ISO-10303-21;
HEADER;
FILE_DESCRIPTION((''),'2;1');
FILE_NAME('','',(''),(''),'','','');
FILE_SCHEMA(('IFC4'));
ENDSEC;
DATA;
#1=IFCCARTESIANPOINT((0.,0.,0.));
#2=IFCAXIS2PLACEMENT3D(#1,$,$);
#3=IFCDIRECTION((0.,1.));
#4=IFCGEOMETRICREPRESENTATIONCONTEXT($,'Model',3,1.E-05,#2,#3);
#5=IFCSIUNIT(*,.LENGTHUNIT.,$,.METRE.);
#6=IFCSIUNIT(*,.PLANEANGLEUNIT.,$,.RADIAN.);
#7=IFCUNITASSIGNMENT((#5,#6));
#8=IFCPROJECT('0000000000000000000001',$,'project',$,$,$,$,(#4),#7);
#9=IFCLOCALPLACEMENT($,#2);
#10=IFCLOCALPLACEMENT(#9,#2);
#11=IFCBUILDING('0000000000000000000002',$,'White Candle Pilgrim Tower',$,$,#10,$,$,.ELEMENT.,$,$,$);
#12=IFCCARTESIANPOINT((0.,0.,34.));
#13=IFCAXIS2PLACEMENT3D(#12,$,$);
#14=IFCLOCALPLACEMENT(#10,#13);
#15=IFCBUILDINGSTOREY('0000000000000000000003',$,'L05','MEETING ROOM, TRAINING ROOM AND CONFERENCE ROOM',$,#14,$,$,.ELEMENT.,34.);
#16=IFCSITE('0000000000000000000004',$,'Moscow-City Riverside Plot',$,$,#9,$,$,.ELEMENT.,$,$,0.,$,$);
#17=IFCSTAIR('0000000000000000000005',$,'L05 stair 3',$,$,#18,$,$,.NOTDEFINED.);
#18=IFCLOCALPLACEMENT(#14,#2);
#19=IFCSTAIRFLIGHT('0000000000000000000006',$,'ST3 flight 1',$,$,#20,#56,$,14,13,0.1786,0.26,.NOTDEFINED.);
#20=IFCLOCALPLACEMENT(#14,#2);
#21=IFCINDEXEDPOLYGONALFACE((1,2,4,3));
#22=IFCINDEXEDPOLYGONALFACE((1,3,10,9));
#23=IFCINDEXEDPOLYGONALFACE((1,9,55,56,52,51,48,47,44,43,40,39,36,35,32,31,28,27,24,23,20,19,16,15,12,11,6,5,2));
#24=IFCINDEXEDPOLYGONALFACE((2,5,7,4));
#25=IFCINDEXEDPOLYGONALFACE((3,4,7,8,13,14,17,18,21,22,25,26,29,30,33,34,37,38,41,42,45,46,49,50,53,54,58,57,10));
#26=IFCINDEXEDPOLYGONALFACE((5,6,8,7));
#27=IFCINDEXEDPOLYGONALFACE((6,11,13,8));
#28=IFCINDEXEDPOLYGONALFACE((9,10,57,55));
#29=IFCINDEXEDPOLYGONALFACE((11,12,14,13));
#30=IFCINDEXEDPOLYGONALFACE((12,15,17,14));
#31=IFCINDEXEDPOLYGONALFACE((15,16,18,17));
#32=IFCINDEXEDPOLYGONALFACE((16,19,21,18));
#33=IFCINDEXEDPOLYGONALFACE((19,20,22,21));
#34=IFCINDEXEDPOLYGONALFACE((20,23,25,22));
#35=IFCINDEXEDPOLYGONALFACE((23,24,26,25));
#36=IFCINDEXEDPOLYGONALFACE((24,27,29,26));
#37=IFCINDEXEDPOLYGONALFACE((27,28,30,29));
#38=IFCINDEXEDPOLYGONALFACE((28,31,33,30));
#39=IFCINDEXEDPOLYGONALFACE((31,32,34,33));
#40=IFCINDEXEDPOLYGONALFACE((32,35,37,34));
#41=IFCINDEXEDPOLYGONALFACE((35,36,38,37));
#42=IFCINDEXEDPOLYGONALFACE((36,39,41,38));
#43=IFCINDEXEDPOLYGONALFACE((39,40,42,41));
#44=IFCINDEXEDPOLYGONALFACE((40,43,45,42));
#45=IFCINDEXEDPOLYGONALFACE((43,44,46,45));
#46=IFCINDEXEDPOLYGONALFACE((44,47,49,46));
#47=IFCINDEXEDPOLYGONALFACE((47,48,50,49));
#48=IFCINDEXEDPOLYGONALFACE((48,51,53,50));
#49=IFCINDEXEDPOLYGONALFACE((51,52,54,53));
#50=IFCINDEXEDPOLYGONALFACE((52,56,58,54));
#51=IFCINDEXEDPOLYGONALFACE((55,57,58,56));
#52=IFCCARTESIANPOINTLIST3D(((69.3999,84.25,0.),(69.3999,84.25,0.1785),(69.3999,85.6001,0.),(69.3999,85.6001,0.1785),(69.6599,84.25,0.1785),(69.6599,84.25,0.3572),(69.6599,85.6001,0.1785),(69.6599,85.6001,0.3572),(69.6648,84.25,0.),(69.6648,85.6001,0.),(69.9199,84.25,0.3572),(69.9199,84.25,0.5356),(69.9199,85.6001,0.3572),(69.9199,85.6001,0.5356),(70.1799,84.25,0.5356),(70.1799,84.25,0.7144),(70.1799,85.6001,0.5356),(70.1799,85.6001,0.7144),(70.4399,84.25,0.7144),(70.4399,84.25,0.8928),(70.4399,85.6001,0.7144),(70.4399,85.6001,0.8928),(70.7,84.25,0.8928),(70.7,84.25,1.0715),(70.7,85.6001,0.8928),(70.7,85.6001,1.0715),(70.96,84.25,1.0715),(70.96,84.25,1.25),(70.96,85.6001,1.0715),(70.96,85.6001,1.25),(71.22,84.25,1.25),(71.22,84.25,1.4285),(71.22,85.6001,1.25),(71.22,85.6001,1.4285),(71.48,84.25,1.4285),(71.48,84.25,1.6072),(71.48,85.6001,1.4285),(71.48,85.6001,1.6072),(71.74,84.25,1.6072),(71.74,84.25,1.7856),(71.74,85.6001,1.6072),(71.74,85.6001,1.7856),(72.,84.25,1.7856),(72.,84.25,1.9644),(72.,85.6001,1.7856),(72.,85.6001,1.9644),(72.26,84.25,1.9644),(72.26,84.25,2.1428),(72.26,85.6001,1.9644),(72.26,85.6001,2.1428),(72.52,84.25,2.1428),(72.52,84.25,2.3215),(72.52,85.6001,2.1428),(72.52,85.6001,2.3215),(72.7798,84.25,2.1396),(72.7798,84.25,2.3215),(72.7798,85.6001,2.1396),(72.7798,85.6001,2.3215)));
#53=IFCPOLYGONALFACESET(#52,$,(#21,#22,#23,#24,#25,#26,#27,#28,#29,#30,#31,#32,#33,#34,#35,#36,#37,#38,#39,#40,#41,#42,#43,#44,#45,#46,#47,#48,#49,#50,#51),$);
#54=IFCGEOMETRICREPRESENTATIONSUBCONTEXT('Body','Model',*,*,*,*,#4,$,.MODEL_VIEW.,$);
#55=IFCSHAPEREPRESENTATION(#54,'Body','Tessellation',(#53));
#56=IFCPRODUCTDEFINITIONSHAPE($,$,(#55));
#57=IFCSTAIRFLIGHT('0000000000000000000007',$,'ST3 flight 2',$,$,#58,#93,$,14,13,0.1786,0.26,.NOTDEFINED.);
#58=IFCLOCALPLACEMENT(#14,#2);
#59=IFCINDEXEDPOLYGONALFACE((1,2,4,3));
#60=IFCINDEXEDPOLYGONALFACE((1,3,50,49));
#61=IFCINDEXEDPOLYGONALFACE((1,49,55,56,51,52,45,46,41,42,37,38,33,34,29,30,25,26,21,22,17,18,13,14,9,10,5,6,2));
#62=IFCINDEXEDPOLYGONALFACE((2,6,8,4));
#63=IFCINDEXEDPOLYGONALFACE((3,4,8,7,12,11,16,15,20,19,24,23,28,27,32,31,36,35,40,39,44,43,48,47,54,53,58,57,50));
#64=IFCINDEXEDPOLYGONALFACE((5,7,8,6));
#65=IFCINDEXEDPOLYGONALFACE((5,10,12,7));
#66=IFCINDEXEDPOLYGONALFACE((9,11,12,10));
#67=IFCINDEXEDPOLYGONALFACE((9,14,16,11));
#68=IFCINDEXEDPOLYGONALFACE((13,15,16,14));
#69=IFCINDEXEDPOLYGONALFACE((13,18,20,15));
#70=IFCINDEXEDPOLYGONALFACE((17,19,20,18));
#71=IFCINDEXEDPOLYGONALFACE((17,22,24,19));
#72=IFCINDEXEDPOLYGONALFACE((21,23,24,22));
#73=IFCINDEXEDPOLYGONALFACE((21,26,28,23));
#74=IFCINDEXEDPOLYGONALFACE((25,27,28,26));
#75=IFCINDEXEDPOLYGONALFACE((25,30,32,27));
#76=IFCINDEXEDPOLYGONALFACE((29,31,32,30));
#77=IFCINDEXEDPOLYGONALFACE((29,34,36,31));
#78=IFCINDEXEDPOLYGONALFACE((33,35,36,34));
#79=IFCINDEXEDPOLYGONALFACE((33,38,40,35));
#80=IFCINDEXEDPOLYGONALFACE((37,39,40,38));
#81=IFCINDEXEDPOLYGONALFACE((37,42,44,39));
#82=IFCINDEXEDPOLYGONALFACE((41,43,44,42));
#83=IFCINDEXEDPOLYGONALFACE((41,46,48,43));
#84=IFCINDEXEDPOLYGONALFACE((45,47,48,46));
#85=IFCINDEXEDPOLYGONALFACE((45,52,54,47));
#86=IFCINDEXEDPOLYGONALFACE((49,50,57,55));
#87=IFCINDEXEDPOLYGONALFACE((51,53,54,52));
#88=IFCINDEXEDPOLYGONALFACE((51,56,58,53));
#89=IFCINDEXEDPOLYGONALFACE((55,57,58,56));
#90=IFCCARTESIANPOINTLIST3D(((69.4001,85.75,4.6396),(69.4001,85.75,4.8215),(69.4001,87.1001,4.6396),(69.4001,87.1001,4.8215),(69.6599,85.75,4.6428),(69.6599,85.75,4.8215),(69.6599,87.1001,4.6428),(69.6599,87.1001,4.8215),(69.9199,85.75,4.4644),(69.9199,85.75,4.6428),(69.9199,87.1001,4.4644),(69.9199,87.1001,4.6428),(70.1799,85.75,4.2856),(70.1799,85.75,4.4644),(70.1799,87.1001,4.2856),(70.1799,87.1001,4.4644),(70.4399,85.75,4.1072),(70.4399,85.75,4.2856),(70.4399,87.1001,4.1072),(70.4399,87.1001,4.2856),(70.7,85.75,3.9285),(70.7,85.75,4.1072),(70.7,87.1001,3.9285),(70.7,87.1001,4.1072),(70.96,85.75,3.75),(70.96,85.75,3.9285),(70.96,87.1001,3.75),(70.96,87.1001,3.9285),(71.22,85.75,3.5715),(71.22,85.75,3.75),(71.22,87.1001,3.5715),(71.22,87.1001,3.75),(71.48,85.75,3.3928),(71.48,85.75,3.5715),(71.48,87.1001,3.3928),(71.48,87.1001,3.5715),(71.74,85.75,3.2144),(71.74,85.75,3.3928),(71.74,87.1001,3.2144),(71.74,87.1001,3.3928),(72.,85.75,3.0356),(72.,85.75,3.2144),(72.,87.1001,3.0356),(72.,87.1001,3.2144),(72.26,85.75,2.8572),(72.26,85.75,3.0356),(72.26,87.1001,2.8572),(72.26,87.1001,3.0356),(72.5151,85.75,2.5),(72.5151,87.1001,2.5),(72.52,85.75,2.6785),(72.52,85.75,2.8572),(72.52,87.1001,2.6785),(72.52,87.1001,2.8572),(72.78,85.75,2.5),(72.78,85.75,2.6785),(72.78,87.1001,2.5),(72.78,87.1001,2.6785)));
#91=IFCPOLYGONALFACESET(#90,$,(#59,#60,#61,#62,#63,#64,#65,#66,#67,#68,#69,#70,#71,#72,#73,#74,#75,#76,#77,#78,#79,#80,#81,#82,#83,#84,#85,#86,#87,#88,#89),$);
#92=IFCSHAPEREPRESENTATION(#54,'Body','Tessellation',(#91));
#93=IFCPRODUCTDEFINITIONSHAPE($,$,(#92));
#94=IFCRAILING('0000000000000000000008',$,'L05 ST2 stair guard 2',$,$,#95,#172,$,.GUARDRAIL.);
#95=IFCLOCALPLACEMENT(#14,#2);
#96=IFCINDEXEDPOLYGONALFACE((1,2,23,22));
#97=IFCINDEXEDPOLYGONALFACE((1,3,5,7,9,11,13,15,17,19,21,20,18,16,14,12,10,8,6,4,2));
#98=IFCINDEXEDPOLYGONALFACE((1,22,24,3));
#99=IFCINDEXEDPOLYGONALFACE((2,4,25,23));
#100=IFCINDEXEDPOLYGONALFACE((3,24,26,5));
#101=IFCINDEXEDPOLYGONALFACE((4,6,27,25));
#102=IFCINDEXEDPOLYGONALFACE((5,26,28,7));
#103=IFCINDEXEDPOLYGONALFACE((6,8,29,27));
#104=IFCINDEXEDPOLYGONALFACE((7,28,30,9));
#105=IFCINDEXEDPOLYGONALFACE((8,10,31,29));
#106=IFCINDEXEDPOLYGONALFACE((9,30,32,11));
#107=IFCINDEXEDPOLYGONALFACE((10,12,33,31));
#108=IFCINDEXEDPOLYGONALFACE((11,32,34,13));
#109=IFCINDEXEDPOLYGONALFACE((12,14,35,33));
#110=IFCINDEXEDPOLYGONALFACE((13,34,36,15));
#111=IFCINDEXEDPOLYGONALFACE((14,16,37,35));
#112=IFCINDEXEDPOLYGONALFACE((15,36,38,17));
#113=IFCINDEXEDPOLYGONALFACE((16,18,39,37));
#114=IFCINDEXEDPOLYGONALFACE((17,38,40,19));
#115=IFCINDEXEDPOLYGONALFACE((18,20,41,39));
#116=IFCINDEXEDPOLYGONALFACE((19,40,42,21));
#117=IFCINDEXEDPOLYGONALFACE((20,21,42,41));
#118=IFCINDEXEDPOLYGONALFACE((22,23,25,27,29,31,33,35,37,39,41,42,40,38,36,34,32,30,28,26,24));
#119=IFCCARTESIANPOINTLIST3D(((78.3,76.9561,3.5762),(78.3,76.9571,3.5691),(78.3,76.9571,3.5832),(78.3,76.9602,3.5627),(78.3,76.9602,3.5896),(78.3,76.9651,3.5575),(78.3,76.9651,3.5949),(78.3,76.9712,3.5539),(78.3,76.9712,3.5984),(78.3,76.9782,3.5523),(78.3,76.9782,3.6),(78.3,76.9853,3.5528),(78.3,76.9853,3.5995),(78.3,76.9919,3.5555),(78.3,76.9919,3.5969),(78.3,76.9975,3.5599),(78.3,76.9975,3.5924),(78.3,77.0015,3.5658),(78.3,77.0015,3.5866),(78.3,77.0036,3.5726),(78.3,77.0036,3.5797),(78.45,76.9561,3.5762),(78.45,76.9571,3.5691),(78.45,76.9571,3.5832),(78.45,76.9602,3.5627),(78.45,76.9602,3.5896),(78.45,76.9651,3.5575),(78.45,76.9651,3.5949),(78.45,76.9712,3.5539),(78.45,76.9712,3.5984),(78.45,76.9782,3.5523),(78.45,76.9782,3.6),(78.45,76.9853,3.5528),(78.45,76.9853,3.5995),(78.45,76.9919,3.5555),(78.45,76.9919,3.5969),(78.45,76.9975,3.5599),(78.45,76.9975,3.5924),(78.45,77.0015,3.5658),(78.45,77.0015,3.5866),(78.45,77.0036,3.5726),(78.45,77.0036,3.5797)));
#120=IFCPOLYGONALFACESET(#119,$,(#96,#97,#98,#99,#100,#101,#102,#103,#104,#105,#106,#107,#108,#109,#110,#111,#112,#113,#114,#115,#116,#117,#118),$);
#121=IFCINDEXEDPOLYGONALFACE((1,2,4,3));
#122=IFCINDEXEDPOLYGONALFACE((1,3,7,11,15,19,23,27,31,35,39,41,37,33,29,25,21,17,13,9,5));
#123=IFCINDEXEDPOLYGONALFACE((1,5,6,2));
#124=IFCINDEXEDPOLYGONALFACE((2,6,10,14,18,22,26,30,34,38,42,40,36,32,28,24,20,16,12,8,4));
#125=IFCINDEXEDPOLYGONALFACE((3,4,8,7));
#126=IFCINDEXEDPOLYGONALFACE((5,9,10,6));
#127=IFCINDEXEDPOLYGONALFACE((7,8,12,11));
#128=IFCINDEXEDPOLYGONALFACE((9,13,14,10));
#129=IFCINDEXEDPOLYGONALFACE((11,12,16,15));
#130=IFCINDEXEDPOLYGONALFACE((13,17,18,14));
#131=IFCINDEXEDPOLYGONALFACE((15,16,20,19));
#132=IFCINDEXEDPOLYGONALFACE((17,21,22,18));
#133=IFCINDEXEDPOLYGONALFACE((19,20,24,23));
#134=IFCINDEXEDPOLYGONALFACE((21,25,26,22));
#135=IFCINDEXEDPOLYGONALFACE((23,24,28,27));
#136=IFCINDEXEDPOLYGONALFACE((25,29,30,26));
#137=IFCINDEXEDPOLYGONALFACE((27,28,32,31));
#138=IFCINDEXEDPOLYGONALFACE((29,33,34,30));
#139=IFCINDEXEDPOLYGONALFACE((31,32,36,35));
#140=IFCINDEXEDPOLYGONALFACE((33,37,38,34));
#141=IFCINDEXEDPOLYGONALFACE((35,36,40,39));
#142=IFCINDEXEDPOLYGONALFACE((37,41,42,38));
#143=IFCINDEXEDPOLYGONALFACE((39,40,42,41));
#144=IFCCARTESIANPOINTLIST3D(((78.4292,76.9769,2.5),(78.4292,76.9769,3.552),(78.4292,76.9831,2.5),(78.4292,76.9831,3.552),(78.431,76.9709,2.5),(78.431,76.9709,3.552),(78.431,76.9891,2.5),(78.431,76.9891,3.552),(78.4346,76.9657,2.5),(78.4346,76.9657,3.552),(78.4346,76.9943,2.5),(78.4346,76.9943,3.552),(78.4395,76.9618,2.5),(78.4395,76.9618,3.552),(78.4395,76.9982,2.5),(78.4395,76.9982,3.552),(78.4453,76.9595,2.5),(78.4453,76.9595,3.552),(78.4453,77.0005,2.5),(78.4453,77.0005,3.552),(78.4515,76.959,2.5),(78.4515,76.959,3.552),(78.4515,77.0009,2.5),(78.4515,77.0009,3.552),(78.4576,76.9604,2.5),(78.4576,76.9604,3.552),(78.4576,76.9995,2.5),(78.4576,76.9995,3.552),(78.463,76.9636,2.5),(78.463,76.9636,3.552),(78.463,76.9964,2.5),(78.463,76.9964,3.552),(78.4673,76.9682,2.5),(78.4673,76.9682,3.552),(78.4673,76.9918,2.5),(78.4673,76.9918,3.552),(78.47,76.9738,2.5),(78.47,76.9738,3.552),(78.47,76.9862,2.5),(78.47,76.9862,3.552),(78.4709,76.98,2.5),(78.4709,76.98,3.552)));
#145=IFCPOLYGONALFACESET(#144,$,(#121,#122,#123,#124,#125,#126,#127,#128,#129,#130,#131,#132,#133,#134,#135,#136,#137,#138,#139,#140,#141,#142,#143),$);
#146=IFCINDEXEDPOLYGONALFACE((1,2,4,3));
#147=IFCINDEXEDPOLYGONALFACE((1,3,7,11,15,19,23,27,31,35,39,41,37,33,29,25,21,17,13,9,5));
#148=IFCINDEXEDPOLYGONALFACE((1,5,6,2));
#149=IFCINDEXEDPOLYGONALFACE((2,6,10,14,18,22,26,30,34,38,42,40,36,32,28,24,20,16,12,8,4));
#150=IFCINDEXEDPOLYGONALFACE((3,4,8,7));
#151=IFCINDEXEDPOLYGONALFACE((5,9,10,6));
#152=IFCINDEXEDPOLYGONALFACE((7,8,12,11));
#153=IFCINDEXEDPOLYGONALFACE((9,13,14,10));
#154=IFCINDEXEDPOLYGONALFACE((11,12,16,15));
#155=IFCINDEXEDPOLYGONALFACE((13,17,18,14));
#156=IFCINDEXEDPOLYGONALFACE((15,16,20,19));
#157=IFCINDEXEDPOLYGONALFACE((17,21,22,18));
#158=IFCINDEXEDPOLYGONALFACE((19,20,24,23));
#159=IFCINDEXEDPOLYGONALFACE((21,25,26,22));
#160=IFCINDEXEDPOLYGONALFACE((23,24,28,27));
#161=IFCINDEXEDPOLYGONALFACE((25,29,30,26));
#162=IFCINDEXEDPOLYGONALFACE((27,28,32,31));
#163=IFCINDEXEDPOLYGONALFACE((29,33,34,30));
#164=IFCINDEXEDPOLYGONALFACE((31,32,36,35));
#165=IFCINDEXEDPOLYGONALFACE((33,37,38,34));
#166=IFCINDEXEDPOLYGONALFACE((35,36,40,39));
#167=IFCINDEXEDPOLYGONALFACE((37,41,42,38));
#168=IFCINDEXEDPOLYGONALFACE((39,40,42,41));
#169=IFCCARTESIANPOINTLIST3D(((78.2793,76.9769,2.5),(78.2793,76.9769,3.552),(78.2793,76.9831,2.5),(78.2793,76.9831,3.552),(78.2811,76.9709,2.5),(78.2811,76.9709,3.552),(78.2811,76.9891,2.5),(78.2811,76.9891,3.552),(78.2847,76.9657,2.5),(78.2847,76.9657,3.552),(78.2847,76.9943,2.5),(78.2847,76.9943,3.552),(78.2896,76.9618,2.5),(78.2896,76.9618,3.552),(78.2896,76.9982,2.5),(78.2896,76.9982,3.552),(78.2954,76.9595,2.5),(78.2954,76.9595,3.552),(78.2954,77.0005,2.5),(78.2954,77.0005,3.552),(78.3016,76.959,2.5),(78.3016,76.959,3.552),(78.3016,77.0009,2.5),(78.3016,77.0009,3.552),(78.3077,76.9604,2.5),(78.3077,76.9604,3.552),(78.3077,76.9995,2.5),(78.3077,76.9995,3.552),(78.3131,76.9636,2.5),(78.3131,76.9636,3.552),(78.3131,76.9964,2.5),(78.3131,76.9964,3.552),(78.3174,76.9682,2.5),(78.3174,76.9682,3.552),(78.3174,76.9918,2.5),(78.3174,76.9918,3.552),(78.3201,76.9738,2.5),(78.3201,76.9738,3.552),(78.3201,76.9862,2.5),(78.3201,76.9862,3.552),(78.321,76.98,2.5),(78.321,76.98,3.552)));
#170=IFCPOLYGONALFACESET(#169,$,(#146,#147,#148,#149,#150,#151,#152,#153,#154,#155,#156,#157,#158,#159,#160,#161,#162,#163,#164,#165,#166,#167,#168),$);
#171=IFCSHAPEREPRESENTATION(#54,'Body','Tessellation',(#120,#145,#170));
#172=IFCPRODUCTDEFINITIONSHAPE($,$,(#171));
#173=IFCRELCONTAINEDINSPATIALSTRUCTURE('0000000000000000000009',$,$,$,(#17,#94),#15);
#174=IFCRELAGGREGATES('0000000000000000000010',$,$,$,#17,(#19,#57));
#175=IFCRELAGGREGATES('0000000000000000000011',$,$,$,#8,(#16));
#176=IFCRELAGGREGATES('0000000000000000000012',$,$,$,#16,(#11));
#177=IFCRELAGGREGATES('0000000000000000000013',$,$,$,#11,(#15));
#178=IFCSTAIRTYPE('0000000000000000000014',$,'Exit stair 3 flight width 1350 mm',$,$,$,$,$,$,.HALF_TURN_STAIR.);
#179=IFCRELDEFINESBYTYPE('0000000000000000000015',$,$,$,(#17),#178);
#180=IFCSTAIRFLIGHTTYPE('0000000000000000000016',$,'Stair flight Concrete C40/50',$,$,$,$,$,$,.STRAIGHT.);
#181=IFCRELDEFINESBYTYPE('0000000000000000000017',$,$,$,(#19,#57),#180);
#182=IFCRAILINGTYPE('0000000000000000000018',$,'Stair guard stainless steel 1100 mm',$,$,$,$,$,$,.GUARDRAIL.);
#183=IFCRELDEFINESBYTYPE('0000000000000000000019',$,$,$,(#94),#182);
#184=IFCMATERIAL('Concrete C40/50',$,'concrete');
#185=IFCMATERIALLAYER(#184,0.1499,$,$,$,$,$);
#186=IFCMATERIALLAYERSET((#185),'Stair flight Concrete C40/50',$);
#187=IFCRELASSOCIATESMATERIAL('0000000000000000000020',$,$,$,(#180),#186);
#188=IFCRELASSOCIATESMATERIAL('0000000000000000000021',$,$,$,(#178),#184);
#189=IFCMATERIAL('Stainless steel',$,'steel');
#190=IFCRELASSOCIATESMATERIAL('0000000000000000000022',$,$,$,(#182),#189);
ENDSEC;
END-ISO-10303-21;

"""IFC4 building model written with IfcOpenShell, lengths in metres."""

from ifc_helpers import new_model, si_unit, direction, frame, origin, origin_2d, place, context, subcontext, project, spatial, polyline, circle, outline, extrude, material, layer, layer_set, type_object, element, aggregate, save


model = new_model("IFC4")

# Units and contexts
model_context = context("Model", 3, precision=1e-05, world=origin(), true_north=direction((0.0, 1.0)))
body_context = subcontext(model_context, "Body", "Model", "MODEL_VIEW")
ifc_project = project(units=[si_unit("LENGTHUNIT", "METRE"), si_unit("PLANEANGLEUNIT", "RADIAN")], contexts=[model_context])

# Site, building, storey
site_placement = place(None, origin())
site = spatial("IfcSite", under=ifc_project, at=site_placement, Name="Moscow-City Riverside Plot", CompositionType="ELEMENT", RefElevation=0.0)
building_placement = place(site_placement, origin())
building = spatial("IfcBuilding", under=site, at=building_placement, Name="White Candle Pilgrim Tower", CompositionType="ELEMENT")
storey_placement = place(building_placement, frame((0.0, 0.0, 34.0)))
storey = spatial("IfcBuildingStorey", under=building, at=storey_placement, Name="L05", Description="MEETING ROOM, TRAINING ROOM AND CONFERENCE ROOM", CompositionType="ELEMENT", Elevation=34.0)

# Shared definitions
ifc_material_1 = material(Name="Concrete C40/50", Category="concrete")
ifc_layer_1 = layer(ifc_material_1, 0.1499)
ifc_layer_set_1 = layer_set([ifc_layer_1], Name="Stair flight Concrete C40/50")
stair_flight_type = type_object("IfcStairFlightType", Name="Stair flight Concrete C40/50", PredefinedType="STRAIGHT", material=ifc_layer_set_1)

# Stair, stair flights
stair_type_1 = type_object("IfcStairType", Name="Exit stair 3 flight width 1350 mm", PredefinedType="HALF_TURN_STAIR", material=ifc_material_1)
stair_1_placement = place(storey_placement, origin())
stair_1 = element("IfcStair", 1, at=stair_1_placement, inside=storey, type_object=stair_type_1, Name="L05 stair 3", PredefinedType="NOTDEFINED")
stair_flight_1_placement = place(storey_placement, frame((69.3999, 84.925, 0.0), z_axis=(0.0, 0.0, 1.0), x_axis=(1.0, 0.0, 0.0)))
stair_flight_1 = element("IfcStairFlight", 2, at=stair_flight_1_placement, type_object=stair_flight_type, Name="ST3 flight 1", NumberOfRisers=14, NumberOfTreads=13, PredefinedType="NOTDEFINED", RiserHeight=0.1786, TreadLength=0.26, context=body_context, shape_type="SweptSolid", body=[
    extrude(outline(polyline([(0.0, 0.0), (0.0, 0.1785), (0.26, 0.1785), (0.26, 0.3572), (0.52, 0.3572), (0.52, 0.5356), (0.78, 0.5356), (0.78, 0.7144), (1.04, 0.7144), (1.04, 0.8928), (1.3, 0.8928), (1.3, 1.0715), (1.5601, 1.0715), (1.5601, 1.25), (1.8201, 1.25), (1.8201, 1.4285), (2.0801, 1.4285), (2.0801, 1.6072), (2.3401, 1.6072), (2.3401, 1.7856), (2.6001, 1.7856), (2.6001, 1.9644), (2.8601, 1.9644), (2.8601, 2.1428), (3.1201, 2.1428), (3.1201, 2.3215), (3.3799, 2.3215), (3.3799, 2.5), (3.3799, 2.1396), (0.2649, 0.0), (0.0, 0.0)])), frame((0.0, 0.675, 0.0), z_axis=(0.0, -1.0, 0.0), x_axis=(1.0, 0.0, 0.0)), (0.0, 0.0, 1.0), 1.3501),
])
stair_flight_2_placement = place(storey_placement, frame((72.78, 86.425, 2.5), z_axis=(0.0, 0.0, 1.0), x_axis=(-1.0, 0.0, 0.0)))
stair_flight_2 = element("IfcStairFlight", 3, at=stair_flight_2_placement, type_object=stair_flight_type, Name="ST3 flight 2", NumberOfRisers=14, NumberOfTreads=13, PredefinedType="NOTDEFINED", RiserHeight=0.1786, TreadLength=0.26, context=body_context, shape_type="SweptSolid", body=[
    extrude(outline(polyline([(0.0, 0.0), (0.0, 0.1785), (0.26, 0.1785), (0.26, 0.3572), (0.52, 0.3572), (0.52, 0.5356), (0.78, 0.5356), (0.78, 0.7144), (1.04, 0.7144), (1.04, 0.8928), (1.3, 0.8928), (1.3, 1.0715), (1.5601, 1.0715), (1.5601, 1.25), (1.8201, 1.25), (1.8201, 1.4285), (2.0801, 1.4285), (2.0801, 1.6072), (2.3401, 1.6072), (2.3401, 1.7856), (2.6001, 1.7856), (2.6001, 1.9644), (2.8601, 1.9644), (2.8601, 2.1428), (3.1201, 2.1428), (3.1201, 2.3215), (3.3799, 2.3215), (3.3799, 2.5), (3.3799, 2.1396), (0.2649, 0.0), (0.0, 0.0)])), frame((0.0, 0.675, 0.0), z_axis=(0.0, -1.0, 0.0), x_axis=(1.0, 0.0, 0.0)), (0.0, 0.0, 1.0), 1.3501),
])
aggregate(stair_1, [stair_flight_1, stair_flight_2])

# Railing
ifc_material_2 = material(Name="Stainless steel", Category="steel")
railing_type_1 = type_object("IfcRailingType", Name="Stair guard stainless steel 1100 mm", PredefinedType="GUARDRAIL", material=ifc_material_2)
railing_1_placement = place(storey_placement, frame((78.45, 76.98, 2.5)))
element("IfcRailing", 4, at=railing_1_placement, inside=storey, type_object=railing_type_1, Name="L05 ST2 stair guard 2", PredefinedType="GUARDRAIL", context=body_context, shape_type="SweptSolid", body=[
    extrude(circle(Radius=0.0239, at=origin_2d()), frame((0.0, 0.0, 1.0762), z_axis=(-1.0, 0.0, 0.0), x_axis=(0.0, -1.0, 0.0)), (0.0, 0.0, 1.0), 0.1499),
    extrude(circle(Radius=0.021, at=origin_2d()), origin(), (0.0, 0.0, 1.0), 1.052),
    extrude(circle(Radius=0.021, at=origin_2d()), frame((-0.1499, 0.0, 0.0)), (0.0, 0.0, 1.0), 1.052),
])

save(model, "model.ifc")
